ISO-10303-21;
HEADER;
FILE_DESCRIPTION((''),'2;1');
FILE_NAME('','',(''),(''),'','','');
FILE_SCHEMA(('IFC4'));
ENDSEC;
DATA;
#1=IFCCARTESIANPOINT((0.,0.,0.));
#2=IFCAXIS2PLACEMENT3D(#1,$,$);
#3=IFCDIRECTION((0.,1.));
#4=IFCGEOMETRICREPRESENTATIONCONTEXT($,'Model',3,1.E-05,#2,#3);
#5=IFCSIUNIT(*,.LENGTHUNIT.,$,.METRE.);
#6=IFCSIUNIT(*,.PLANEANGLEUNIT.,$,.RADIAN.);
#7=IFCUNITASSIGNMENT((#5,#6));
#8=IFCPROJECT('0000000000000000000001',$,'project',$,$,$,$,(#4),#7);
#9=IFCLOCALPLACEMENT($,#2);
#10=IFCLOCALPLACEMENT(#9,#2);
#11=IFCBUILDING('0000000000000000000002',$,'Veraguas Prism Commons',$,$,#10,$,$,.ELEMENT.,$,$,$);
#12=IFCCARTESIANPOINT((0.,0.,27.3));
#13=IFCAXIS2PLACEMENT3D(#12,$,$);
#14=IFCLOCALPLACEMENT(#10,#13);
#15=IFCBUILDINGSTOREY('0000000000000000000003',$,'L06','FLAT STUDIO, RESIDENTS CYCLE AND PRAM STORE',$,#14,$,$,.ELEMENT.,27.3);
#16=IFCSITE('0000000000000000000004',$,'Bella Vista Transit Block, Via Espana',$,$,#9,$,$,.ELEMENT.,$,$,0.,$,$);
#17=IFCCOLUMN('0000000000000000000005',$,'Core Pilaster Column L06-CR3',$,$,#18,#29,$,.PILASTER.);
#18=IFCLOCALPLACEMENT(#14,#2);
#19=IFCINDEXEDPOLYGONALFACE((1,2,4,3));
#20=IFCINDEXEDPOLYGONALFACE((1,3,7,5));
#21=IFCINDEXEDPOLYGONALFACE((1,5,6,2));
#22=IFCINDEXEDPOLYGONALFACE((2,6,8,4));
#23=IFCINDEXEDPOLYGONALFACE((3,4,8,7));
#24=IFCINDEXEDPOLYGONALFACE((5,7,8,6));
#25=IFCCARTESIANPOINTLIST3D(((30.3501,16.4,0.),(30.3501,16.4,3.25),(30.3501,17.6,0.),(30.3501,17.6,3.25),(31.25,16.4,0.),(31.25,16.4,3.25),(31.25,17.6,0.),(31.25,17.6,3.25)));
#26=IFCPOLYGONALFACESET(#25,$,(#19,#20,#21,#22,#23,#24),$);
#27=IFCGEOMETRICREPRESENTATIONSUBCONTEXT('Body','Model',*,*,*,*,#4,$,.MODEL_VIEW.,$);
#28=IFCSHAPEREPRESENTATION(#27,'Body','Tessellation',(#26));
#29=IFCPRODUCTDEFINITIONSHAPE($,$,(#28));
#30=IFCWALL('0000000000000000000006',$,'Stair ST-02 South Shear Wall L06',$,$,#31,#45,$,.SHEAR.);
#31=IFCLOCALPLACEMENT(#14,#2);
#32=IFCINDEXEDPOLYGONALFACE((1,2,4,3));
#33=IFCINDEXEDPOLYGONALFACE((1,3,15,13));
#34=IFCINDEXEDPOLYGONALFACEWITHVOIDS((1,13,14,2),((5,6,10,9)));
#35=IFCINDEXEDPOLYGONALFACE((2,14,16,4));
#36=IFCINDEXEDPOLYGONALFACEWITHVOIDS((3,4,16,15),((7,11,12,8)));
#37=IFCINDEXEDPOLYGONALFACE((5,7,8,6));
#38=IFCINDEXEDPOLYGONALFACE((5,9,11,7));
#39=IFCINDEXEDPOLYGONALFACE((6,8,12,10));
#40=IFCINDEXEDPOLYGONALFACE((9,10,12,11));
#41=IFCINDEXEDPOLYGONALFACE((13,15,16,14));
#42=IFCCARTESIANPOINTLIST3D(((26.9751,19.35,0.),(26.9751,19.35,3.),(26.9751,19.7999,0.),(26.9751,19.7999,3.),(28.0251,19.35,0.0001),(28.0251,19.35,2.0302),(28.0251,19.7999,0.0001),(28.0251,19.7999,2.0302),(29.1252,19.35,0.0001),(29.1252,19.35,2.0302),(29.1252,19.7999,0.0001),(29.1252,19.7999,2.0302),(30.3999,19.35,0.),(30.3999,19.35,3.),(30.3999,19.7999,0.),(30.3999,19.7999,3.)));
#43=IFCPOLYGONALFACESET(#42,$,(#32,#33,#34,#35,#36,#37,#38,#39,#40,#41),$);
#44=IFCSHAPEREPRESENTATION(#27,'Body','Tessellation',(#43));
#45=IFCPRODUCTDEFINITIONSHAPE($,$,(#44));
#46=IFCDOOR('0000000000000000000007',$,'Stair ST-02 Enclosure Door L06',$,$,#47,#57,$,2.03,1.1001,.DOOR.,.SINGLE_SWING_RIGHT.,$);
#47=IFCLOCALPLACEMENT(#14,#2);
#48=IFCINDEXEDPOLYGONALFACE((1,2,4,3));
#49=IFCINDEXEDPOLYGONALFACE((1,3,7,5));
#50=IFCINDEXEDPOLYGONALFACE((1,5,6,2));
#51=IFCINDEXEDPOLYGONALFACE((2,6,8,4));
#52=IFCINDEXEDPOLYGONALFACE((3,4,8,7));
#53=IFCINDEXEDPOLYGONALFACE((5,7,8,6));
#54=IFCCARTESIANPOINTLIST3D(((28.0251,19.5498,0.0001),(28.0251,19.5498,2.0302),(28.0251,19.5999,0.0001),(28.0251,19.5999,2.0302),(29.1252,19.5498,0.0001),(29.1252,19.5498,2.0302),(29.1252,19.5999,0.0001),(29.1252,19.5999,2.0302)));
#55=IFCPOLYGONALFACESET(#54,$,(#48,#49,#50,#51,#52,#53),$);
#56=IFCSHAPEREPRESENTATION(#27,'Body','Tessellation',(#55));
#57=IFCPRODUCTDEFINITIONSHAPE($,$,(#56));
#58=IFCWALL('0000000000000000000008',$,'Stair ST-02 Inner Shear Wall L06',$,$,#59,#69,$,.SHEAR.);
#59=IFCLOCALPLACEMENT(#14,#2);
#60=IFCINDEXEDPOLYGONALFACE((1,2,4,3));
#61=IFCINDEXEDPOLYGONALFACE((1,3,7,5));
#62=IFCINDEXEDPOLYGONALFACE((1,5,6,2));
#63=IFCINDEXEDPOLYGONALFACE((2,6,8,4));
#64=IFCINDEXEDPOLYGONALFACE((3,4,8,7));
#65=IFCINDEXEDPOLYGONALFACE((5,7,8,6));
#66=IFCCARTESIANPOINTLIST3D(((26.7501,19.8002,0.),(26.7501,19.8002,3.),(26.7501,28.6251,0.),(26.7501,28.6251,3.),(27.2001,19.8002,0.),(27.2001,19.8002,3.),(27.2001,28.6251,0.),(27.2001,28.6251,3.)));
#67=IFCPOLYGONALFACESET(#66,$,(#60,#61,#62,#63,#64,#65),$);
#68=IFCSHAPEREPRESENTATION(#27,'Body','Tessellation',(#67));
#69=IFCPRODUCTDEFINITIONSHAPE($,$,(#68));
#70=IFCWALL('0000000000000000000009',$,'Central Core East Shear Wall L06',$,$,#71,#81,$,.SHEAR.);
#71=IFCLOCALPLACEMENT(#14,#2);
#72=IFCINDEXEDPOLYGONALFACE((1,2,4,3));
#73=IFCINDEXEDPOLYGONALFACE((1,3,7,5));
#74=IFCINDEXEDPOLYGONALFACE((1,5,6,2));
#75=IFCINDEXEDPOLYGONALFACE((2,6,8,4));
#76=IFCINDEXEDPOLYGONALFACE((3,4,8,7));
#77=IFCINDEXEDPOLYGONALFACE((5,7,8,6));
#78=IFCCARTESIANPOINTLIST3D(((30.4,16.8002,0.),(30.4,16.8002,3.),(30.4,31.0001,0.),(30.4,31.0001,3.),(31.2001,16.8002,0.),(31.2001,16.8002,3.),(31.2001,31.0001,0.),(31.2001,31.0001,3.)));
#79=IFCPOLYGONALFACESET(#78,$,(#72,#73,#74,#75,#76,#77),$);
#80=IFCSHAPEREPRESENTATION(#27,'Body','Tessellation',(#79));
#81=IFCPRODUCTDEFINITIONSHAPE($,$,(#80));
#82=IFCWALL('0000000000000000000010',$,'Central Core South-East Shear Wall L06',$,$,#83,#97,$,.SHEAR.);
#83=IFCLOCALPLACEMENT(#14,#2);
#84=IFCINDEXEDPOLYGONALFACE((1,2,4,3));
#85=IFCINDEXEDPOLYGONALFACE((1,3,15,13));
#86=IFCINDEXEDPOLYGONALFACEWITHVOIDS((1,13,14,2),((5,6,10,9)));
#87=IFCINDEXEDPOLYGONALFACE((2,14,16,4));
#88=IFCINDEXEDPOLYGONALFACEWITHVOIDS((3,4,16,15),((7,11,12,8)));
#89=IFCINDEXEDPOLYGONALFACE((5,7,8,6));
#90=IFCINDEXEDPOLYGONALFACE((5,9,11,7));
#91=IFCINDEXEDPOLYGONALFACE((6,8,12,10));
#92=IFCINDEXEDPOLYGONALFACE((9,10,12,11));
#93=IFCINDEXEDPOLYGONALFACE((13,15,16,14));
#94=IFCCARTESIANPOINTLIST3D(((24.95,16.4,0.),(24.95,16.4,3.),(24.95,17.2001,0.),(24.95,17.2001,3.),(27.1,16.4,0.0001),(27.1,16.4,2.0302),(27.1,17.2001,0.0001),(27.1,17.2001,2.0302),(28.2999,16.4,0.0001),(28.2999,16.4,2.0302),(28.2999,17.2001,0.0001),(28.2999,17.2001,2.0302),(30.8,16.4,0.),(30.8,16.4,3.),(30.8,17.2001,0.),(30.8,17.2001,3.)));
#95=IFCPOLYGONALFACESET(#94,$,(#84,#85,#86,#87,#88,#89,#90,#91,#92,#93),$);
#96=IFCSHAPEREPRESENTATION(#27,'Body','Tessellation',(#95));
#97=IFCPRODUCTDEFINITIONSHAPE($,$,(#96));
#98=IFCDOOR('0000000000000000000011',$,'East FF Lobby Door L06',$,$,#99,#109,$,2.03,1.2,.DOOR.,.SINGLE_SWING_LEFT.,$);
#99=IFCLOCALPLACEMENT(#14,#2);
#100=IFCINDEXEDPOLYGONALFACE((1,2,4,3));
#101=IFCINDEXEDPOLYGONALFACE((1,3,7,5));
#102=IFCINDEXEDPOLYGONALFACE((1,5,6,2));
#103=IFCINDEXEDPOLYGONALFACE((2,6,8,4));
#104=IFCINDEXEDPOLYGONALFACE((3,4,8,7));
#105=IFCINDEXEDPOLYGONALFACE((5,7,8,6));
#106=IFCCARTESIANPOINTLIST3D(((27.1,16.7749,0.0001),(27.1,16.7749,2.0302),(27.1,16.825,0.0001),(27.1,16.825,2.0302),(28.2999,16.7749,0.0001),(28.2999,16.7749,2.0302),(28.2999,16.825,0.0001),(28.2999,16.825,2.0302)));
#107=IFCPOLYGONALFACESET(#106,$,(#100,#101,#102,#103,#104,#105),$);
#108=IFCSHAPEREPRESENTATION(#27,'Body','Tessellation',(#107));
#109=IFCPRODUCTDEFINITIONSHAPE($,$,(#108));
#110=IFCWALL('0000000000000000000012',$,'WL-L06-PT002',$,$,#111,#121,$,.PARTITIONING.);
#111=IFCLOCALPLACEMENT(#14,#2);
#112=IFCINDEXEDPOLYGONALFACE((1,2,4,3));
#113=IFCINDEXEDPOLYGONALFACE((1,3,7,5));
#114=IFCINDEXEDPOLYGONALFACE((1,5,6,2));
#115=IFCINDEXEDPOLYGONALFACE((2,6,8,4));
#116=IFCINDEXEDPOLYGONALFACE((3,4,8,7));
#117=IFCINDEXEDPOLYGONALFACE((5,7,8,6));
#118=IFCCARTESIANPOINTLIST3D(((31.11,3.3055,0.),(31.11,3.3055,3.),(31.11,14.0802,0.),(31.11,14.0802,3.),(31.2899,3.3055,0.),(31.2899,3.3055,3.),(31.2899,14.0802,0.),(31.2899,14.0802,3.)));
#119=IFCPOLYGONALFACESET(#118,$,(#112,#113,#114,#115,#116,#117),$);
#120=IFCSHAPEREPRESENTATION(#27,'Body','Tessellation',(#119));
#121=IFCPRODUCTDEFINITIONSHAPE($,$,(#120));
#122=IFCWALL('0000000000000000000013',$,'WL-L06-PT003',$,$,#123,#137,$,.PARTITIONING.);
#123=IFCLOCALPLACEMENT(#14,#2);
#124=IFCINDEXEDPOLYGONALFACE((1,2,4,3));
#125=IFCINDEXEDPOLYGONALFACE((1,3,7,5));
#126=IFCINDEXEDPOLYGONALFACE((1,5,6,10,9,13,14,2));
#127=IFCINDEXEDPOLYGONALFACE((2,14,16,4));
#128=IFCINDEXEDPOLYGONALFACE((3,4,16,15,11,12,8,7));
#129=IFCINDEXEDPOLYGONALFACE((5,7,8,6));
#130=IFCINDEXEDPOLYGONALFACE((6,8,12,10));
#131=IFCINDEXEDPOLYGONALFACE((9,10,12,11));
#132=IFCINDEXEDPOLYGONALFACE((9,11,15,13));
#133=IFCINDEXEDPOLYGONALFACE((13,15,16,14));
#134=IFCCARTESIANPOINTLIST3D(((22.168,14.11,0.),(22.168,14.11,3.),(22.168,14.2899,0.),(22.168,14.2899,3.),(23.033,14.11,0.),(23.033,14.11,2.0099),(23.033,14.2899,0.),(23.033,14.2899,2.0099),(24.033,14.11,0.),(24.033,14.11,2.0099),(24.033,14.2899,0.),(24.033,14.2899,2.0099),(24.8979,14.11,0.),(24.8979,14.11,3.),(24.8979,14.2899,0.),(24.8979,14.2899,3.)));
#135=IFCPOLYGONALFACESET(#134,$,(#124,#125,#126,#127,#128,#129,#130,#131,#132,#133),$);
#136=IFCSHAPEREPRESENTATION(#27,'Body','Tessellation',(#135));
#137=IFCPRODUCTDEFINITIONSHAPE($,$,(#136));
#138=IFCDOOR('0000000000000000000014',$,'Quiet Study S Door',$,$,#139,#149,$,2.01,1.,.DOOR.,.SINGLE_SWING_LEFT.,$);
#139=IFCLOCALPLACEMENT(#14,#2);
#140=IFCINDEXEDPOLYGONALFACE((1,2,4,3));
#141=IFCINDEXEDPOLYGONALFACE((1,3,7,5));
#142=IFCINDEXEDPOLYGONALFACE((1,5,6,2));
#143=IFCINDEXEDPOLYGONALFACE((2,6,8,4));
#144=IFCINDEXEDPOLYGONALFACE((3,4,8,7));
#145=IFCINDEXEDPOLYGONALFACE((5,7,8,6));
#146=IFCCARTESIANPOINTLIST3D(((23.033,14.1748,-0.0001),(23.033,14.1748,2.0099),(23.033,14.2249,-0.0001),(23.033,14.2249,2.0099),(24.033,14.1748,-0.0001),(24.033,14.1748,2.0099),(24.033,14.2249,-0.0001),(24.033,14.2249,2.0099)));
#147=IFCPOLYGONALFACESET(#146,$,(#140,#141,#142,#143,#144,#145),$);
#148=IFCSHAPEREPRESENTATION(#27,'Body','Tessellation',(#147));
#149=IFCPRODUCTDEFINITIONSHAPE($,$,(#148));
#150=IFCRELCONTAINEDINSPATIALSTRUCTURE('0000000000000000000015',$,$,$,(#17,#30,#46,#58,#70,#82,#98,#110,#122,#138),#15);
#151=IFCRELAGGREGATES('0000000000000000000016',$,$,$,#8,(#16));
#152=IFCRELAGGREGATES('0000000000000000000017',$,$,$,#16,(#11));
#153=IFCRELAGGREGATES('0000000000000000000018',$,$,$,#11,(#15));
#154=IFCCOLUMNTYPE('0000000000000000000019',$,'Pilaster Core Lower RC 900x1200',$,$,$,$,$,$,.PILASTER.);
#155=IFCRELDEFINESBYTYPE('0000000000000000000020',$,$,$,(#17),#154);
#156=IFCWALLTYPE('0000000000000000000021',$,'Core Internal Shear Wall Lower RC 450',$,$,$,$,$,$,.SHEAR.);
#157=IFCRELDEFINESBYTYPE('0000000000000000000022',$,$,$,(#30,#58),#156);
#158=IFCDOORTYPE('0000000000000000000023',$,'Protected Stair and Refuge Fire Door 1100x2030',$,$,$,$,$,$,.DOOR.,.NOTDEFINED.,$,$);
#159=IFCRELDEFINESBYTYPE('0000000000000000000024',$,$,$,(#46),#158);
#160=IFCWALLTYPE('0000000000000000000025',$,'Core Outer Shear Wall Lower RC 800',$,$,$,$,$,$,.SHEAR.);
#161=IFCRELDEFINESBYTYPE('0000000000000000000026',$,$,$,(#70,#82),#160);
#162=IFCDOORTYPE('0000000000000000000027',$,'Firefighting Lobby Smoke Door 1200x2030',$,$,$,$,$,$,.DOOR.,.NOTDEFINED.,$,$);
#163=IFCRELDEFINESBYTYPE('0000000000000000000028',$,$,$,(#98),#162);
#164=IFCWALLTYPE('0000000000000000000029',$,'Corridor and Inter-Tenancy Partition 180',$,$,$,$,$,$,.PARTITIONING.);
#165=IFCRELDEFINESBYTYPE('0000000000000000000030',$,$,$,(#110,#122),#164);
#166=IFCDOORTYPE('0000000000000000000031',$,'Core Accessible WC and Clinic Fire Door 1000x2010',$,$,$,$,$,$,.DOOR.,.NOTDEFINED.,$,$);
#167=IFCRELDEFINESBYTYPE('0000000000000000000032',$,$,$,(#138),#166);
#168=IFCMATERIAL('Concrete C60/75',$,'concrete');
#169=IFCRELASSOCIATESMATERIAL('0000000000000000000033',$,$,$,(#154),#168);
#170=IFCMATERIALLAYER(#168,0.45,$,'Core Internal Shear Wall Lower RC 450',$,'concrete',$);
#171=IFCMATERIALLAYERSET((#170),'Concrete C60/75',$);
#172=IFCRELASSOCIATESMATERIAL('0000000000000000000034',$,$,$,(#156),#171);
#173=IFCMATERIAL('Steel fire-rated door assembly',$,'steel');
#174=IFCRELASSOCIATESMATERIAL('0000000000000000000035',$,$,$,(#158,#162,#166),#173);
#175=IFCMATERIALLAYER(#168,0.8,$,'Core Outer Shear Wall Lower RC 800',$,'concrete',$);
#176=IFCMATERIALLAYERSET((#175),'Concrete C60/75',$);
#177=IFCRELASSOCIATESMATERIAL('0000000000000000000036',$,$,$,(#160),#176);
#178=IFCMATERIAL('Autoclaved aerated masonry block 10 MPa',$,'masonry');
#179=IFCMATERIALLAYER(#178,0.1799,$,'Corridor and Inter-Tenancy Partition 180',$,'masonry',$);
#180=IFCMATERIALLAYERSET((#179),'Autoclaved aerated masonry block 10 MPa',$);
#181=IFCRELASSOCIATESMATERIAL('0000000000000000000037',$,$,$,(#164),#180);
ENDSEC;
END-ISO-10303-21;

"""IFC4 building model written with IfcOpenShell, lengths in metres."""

from ifc_helpers import new_model, si_unit, direction, frame, frame_2d, origin, origin_2d, place, context, subcontext, project, spatial, rectangle, extrude, source, transform, mapped, material, layer, layer_set, material_profile, profile_set, type_object, element, fill, save


model = new_model("IFC4")

# Units and contexts
model_context = context("Model", 3, precision=1e-05, world=origin(), true_north=direction((0.0, 1.0)))
body_context = subcontext(model_context, "Body", "Model", "MODEL_VIEW")
ifc_project = project(units=[si_unit("LENGTHUNIT", "METRE"), si_unit("PLANEANGLEUNIT", "RADIAN")], contexts=[model_context])

# Site, building, storey
site_placement = place(None, origin())
site = spatial("IfcSite", under=ifc_project, at=site_placement, Name="Bella Vista Transit Block, Via Espana", CompositionType="ELEMENT", RefElevation=0.0)
building_placement = place(site_placement, origin())
building = spatial("IfcBuilding", under=site, at=building_placement, Name="Veraguas Prism Commons", CompositionType="ELEMENT")
storey_placement = place(building_placement, frame((0.0, 0.0, 27.3)))
storey = spatial("IfcBuildingStorey", under=building, at=storey_placement, Name="L06", Description="FLAT STUDIO, RESIDENTS CYCLE AND PRAM STORE", CompositionType="ELEMENT", Elevation=27.3)

# Column
ifc_material_1 = material(Name="Concrete C60/75", Category="concrete")
ifc_material_profile = material_profile(ifc_material_1, rectangle(XDim=0.8999, YDim=1.2, at=origin_2d()), Name="RC900X1200")
ifc_profile_set = profile_set([ifc_material_profile], Name="Concrete C60/75")
column_type = type_object("IfcColumnType", Name="Pilaster Core Lower RC 900x1200", PredefinedType="PILASTER", material=ifc_profile_set)
column_placement = place(storey_placement, frame((30.8, 17.0, 0.0), z_axis=(0.0, 0.0, 1.0), x_axis=(1.0, 0.0, 0.0)))
element("IfcColumn", 1, at=column_placement, inside=storey, type_object=column_type, Name="Core Pilaster Column L06-CR3", PredefinedType="PILASTER", context=body_context, shape_type="SweptSolid", body=[
    extrude(rectangle(XDim=0.8999, YDim=1.2, at=origin_2d()), origin(), (0.0, 0.0, 1.0), 3.25),
])

# Wall, opening, door
ifc_layer_1 = layer(ifc_material_1, 0.45, Name="Core Internal Shear Wall Lower RC 450", Category="concrete")
ifc_layer_set_1 = layer_set([ifc_layer_1], Name="Concrete C60/75")
wall_type_1 = type_object("IfcWallType", Name="Core Internal Shear Wall Lower RC 450", PredefinedType="SHEAR", material=ifc_layer_set_1)
wall_1_placement = place(storey_placement, frame((26.9751, 19.575, 0.0), z_axis=(0.0, 0.0, 1.0), x_axis=(1.0, 0.0, 0.0)))
wall_1 = element("IfcWall", 2, at=wall_1_placement, inside=storey, type_object=wall_type_1, Name="Stair ST-02 South Shear Wall L06", PredefinedType="SHEAR", context=body_context, shape_type="SweptSolid", body=[
    extrude(rectangle(XDim=3.4248, YDim=0.45, at=frame_2d((1.7124, 0.0))), origin(), (0.0, 0.0, 1.0), 3.0),
])
opening_1_placement = place(wall_1_placement, frame((1.05, 0.0, 0.0)))
opening_1 = element("IfcOpeningElement", 3, at=opening_1_placement, cuts=wall_1, PredefinedType="OPENING", context=body_context, shape_type="SweptSolid", body=[
    extrude(rectangle(XDim=1.1001, YDim=2.03, at=frame_2d((0.55, 1.0151))), frame((0.0, 0.2349, 0.0), z_axis=(0.0, -1.0, 0.0), x_axis=(1.0, 0.0, 0.0)), (0.0, 0.0, 1.0), 0.47),
])
ifc_material_2 = material(Name="Steel fire-rated door assembly", Category="steel")
door_type_1 = type_object("IfcDoorType", Name="Protected Stair and Refuge Fire Door 1100x2030", OperationType="NOTDEFINED", PredefinedType="DOOR", material=ifc_material_2)
shared_shape_1 = source(origin(), body_context, "Body", "SweptSolid", [
    extrude(rectangle(XDim=1.1001, YDim=2.03, at=frame_2d((0.55, 1.0151))), frame((0.0, 0.0249, 0.0), z_axis=(0.0, -1.0, 0.0), x_axis=(1.0, 0.0, 0.0)), (0.0, 0.0, 1.0), 0.05),
])
door_1_placement = place(opening_1_placement, origin())
door_1 = element("IfcDoor", 4, at=door_1_placement, inside=storey, type_object=door_type_1, Name="Stair ST-02 Enclosure Door L06", OperationType="SINGLE_SWING_RIGHT", OverallHeight=2.03, OverallWidth=1.1001, PredefinedType="DOOR", context=body_context, shape_type="MappedRepresentation", body=[
    mapped(shared_shape_1, transform((0.0, 0.0, 0.0), scale=1.0)),
])
fill(opening_1, door_1)

# Walls
wall_2_placement = place(storey_placement, frame((26.9751, 19.8, 0.0), z_axis=(0.0, 0.0, 1.0), x_axis=(0.0, 1.0, 0.0)))
element("IfcWall", 5, at=wall_2_placement, inside=storey, type_object=wall_type_1, Name="Stair ST-02 Inner Shear Wall L06", PredefinedType="SHEAR", context=body_context, shape_type="SweptSolid", body=[
    extrude(rectangle(XDim=8.825, YDim=0.45, at=frame_2d((4.4126, 0.0))), origin(), (0.0, 0.0, 1.0), 3.0),
])
ifc_layer_2 = layer(ifc_material_1, 0.8, Name="Core Outer Shear Wall Lower RC 800", Category="concrete")
ifc_layer_set_2 = layer_set([ifc_layer_2], Name="Concrete C60/75")
wall_type_2 = type_object("IfcWallType", Name="Core Outer Shear Wall Lower RC 800", PredefinedType="SHEAR", material=ifc_layer_set_2)
wall_3_placement = place(storey_placement, frame((30.8, 16.8, 0.0), z_axis=(0.0, 0.0, 1.0), x_axis=(0.0, 1.0, 0.0)))
element("IfcWall", 6, at=wall_3_placement, inside=storey, type_object=wall_type_2, Name="Central Core East Shear Wall L06", PredefinedType="SHEAR", context=body_context, shape_type="SweptSolid", body=[
    extrude(rectangle(XDim=14.2, YDim=0.8, at=frame_2d((7.1001, 0.0))), origin(), (0.0, 0.0, 1.0), 3.0),
])

# Wall, opening, door
wall_4_placement = place(storey_placement, frame((24.95, 16.8, 0.0), z_axis=(0.0, 0.0, 1.0), x_axis=(1.0, 0.0, 0.0)))
wall_4 = element("IfcWall", 7, at=wall_4_placement, inside=storey, type_object=wall_type_2, Name="Central Core South-East Shear Wall L06", PredefinedType="SHEAR", context=body_context, shape_type="SweptSolid", body=[
    extrude(rectangle(XDim=5.8501, YDim=0.8, at=frame_2d((2.925, 0.0))), origin(), (0.0, 0.0, 1.0), 3.0),
])
opening_2_placement = place(wall_4_placement, frame((2.1499, 0.0, 0.0)))
opening_2 = element("IfcOpeningElement", 8, at=opening_2_placement, cuts=wall_4, PredefinedType="OPENING", context=body_context, shape_type="SweptSolid", body=[
    extrude(rectangle(XDim=1.2, YDim=2.03, at=frame_2d((0.6001, 1.0151))), frame((0.0, 0.4099, 0.0), z_axis=(0.0, -1.0, 0.0), x_axis=(1.0, 0.0, 0.0)), (0.0, 0.0, 1.0), 0.8201),
])
door_type_2 = type_object("IfcDoorType", Name="Firefighting Lobby Smoke Door 1200x2030", OperationType="NOTDEFINED", PredefinedType="DOOR", material=ifc_material_2)
shared_shape_2 = source(origin(), body_context, "Body", "SweptSolid", [
    extrude(rectangle(XDim=1.2, YDim=2.03, at=frame_2d((0.6001, 1.0151))), frame((0.0, 0.0249, 0.0), z_axis=(0.0, -1.0, 0.0), x_axis=(1.0, 0.0, 0.0)), (0.0, 0.0, 1.0), 0.05),
])
door_2_placement = place(opening_2_placement, origin())
door_2 = element("IfcDoor", 9, at=door_2_placement, inside=storey, type_object=door_type_2, Name="East FF Lobby Door L06", OperationType="SINGLE_SWING_LEFT", OverallHeight=2.03, OverallWidth=1.2, PredefinedType="DOOR", context=body_context, shape_type="MappedRepresentation", body=[
    mapped(shared_shape_2, transform((0.0, 0.0, 0.0), scale=1.0)),
])
fill(opening_2, door_2)

# Wall
ifc_material_3 = material(Name="Autoclaved aerated masonry block 10 MPa", Category="masonry")
ifc_layer_3 = layer(ifc_material_3, 0.1799, Name="Corridor and Inter-Tenancy Partition 180", Category="masonry")
ifc_layer_set_3 = layer_set([ifc_layer_3], Name="Autoclaved aerated masonry block 10 MPa")
wall_type_3 = type_object("IfcWallType", Name="Corridor and Inter-Tenancy Partition 180", PredefinedType="PARTITIONING", material=ifc_layer_set_3)
wall_5_placement = place(storey_placement, frame((31.2, 14.0801, 0.0), z_axis=(0.0, 0.0, 1.0), x_axis=(0.0, -1.0, 0.0)))
element("IfcWall", 10, at=wall_5_placement, inside=storey, type_object=wall_type_3, Name="WL-L06-PT002", PredefinedType="PARTITIONING", context=body_context, shape_type="SweptSolid", body=[
    extrude(rectangle(XDim=10.7747, YDim=0.1799, at=frame_2d((5.3872, 0.0))), origin(), (0.0, 0.0, 1.0), 3.0),
])

# Wall, opening, door
wall_6_placement = place(storey_placement, frame((22.168, 14.2, 0.0), z_axis=(0.0, 0.0, 1.0), x_axis=(1.0, 0.0, 0.0)))
wall_6 = element("IfcWall", 11, at=wall_6_placement, inside=storey, type_object=wall_type_3, Name="WL-L06-PT003", PredefinedType="PARTITIONING", context=body_context, shape_type="SweptSolid", body=[
    extrude(rectangle(XDim=2.73, YDim=0.1799, at=frame_2d((1.365, 0.0))), origin(), (0.0, 0.0, 1.0), 3.0),
])
opening_3_placement = place(wall_6_placement, frame((0.865, 0.0, 0.0)))
opening_3 = element("IfcOpeningElement", 12, at=opening_3_placement, cuts=wall_6, PredefinedType="OPENING", context=body_context, shape_type="SweptSolid", body=[
    extrude(rectangle(XDim=1.0, YDim=2.01, at=frame_2d((0.5, 1.0049))), frame((0.0, 0.0999, 0.0), z_axis=(0.0, -1.0, 0.0), x_axis=(1.0, 0.0, 0.0)), (0.0, 0.0, 1.0), 0.2),
])
door_type_3 = type_object("IfcDoorType", Name="Core Accessible WC and Clinic Fire Door 1000x2010", OperationType="NOTDEFINED", PredefinedType="DOOR", material=ifc_material_2)
shared_shape_3 = source(origin(), body_context, "Body", "SweptSolid", [
    extrude(rectangle(XDim=1.0, YDim=2.01, at=frame_2d((0.5, 1.0049))), frame((0.0, 0.0249, 0.0), z_axis=(0.0, -1.0, 0.0), x_axis=(1.0, 0.0, 0.0)), (0.0, 0.0, 1.0), 0.05),
])
door_3_placement = place(opening_3_placement, origin())
door_3 = element("IfcDoor", 13, at=door_3_placement, inside=storey, type_object=door_type_3, Name="Quiet Study S Door", OperationType="SINGLE_SWING_LEFT", OverallHeight=2.01, OverallWidth=1.0, PredefinedType="DOOR", context=body_context, shape_type="MappedRepresentation", body=[
    mapped(shared_shape_3, transform((0.0, 0.0, 0.0), scale=1.0)),
])
fill(opening_3, door_3)

save(model, "model.ifc")
